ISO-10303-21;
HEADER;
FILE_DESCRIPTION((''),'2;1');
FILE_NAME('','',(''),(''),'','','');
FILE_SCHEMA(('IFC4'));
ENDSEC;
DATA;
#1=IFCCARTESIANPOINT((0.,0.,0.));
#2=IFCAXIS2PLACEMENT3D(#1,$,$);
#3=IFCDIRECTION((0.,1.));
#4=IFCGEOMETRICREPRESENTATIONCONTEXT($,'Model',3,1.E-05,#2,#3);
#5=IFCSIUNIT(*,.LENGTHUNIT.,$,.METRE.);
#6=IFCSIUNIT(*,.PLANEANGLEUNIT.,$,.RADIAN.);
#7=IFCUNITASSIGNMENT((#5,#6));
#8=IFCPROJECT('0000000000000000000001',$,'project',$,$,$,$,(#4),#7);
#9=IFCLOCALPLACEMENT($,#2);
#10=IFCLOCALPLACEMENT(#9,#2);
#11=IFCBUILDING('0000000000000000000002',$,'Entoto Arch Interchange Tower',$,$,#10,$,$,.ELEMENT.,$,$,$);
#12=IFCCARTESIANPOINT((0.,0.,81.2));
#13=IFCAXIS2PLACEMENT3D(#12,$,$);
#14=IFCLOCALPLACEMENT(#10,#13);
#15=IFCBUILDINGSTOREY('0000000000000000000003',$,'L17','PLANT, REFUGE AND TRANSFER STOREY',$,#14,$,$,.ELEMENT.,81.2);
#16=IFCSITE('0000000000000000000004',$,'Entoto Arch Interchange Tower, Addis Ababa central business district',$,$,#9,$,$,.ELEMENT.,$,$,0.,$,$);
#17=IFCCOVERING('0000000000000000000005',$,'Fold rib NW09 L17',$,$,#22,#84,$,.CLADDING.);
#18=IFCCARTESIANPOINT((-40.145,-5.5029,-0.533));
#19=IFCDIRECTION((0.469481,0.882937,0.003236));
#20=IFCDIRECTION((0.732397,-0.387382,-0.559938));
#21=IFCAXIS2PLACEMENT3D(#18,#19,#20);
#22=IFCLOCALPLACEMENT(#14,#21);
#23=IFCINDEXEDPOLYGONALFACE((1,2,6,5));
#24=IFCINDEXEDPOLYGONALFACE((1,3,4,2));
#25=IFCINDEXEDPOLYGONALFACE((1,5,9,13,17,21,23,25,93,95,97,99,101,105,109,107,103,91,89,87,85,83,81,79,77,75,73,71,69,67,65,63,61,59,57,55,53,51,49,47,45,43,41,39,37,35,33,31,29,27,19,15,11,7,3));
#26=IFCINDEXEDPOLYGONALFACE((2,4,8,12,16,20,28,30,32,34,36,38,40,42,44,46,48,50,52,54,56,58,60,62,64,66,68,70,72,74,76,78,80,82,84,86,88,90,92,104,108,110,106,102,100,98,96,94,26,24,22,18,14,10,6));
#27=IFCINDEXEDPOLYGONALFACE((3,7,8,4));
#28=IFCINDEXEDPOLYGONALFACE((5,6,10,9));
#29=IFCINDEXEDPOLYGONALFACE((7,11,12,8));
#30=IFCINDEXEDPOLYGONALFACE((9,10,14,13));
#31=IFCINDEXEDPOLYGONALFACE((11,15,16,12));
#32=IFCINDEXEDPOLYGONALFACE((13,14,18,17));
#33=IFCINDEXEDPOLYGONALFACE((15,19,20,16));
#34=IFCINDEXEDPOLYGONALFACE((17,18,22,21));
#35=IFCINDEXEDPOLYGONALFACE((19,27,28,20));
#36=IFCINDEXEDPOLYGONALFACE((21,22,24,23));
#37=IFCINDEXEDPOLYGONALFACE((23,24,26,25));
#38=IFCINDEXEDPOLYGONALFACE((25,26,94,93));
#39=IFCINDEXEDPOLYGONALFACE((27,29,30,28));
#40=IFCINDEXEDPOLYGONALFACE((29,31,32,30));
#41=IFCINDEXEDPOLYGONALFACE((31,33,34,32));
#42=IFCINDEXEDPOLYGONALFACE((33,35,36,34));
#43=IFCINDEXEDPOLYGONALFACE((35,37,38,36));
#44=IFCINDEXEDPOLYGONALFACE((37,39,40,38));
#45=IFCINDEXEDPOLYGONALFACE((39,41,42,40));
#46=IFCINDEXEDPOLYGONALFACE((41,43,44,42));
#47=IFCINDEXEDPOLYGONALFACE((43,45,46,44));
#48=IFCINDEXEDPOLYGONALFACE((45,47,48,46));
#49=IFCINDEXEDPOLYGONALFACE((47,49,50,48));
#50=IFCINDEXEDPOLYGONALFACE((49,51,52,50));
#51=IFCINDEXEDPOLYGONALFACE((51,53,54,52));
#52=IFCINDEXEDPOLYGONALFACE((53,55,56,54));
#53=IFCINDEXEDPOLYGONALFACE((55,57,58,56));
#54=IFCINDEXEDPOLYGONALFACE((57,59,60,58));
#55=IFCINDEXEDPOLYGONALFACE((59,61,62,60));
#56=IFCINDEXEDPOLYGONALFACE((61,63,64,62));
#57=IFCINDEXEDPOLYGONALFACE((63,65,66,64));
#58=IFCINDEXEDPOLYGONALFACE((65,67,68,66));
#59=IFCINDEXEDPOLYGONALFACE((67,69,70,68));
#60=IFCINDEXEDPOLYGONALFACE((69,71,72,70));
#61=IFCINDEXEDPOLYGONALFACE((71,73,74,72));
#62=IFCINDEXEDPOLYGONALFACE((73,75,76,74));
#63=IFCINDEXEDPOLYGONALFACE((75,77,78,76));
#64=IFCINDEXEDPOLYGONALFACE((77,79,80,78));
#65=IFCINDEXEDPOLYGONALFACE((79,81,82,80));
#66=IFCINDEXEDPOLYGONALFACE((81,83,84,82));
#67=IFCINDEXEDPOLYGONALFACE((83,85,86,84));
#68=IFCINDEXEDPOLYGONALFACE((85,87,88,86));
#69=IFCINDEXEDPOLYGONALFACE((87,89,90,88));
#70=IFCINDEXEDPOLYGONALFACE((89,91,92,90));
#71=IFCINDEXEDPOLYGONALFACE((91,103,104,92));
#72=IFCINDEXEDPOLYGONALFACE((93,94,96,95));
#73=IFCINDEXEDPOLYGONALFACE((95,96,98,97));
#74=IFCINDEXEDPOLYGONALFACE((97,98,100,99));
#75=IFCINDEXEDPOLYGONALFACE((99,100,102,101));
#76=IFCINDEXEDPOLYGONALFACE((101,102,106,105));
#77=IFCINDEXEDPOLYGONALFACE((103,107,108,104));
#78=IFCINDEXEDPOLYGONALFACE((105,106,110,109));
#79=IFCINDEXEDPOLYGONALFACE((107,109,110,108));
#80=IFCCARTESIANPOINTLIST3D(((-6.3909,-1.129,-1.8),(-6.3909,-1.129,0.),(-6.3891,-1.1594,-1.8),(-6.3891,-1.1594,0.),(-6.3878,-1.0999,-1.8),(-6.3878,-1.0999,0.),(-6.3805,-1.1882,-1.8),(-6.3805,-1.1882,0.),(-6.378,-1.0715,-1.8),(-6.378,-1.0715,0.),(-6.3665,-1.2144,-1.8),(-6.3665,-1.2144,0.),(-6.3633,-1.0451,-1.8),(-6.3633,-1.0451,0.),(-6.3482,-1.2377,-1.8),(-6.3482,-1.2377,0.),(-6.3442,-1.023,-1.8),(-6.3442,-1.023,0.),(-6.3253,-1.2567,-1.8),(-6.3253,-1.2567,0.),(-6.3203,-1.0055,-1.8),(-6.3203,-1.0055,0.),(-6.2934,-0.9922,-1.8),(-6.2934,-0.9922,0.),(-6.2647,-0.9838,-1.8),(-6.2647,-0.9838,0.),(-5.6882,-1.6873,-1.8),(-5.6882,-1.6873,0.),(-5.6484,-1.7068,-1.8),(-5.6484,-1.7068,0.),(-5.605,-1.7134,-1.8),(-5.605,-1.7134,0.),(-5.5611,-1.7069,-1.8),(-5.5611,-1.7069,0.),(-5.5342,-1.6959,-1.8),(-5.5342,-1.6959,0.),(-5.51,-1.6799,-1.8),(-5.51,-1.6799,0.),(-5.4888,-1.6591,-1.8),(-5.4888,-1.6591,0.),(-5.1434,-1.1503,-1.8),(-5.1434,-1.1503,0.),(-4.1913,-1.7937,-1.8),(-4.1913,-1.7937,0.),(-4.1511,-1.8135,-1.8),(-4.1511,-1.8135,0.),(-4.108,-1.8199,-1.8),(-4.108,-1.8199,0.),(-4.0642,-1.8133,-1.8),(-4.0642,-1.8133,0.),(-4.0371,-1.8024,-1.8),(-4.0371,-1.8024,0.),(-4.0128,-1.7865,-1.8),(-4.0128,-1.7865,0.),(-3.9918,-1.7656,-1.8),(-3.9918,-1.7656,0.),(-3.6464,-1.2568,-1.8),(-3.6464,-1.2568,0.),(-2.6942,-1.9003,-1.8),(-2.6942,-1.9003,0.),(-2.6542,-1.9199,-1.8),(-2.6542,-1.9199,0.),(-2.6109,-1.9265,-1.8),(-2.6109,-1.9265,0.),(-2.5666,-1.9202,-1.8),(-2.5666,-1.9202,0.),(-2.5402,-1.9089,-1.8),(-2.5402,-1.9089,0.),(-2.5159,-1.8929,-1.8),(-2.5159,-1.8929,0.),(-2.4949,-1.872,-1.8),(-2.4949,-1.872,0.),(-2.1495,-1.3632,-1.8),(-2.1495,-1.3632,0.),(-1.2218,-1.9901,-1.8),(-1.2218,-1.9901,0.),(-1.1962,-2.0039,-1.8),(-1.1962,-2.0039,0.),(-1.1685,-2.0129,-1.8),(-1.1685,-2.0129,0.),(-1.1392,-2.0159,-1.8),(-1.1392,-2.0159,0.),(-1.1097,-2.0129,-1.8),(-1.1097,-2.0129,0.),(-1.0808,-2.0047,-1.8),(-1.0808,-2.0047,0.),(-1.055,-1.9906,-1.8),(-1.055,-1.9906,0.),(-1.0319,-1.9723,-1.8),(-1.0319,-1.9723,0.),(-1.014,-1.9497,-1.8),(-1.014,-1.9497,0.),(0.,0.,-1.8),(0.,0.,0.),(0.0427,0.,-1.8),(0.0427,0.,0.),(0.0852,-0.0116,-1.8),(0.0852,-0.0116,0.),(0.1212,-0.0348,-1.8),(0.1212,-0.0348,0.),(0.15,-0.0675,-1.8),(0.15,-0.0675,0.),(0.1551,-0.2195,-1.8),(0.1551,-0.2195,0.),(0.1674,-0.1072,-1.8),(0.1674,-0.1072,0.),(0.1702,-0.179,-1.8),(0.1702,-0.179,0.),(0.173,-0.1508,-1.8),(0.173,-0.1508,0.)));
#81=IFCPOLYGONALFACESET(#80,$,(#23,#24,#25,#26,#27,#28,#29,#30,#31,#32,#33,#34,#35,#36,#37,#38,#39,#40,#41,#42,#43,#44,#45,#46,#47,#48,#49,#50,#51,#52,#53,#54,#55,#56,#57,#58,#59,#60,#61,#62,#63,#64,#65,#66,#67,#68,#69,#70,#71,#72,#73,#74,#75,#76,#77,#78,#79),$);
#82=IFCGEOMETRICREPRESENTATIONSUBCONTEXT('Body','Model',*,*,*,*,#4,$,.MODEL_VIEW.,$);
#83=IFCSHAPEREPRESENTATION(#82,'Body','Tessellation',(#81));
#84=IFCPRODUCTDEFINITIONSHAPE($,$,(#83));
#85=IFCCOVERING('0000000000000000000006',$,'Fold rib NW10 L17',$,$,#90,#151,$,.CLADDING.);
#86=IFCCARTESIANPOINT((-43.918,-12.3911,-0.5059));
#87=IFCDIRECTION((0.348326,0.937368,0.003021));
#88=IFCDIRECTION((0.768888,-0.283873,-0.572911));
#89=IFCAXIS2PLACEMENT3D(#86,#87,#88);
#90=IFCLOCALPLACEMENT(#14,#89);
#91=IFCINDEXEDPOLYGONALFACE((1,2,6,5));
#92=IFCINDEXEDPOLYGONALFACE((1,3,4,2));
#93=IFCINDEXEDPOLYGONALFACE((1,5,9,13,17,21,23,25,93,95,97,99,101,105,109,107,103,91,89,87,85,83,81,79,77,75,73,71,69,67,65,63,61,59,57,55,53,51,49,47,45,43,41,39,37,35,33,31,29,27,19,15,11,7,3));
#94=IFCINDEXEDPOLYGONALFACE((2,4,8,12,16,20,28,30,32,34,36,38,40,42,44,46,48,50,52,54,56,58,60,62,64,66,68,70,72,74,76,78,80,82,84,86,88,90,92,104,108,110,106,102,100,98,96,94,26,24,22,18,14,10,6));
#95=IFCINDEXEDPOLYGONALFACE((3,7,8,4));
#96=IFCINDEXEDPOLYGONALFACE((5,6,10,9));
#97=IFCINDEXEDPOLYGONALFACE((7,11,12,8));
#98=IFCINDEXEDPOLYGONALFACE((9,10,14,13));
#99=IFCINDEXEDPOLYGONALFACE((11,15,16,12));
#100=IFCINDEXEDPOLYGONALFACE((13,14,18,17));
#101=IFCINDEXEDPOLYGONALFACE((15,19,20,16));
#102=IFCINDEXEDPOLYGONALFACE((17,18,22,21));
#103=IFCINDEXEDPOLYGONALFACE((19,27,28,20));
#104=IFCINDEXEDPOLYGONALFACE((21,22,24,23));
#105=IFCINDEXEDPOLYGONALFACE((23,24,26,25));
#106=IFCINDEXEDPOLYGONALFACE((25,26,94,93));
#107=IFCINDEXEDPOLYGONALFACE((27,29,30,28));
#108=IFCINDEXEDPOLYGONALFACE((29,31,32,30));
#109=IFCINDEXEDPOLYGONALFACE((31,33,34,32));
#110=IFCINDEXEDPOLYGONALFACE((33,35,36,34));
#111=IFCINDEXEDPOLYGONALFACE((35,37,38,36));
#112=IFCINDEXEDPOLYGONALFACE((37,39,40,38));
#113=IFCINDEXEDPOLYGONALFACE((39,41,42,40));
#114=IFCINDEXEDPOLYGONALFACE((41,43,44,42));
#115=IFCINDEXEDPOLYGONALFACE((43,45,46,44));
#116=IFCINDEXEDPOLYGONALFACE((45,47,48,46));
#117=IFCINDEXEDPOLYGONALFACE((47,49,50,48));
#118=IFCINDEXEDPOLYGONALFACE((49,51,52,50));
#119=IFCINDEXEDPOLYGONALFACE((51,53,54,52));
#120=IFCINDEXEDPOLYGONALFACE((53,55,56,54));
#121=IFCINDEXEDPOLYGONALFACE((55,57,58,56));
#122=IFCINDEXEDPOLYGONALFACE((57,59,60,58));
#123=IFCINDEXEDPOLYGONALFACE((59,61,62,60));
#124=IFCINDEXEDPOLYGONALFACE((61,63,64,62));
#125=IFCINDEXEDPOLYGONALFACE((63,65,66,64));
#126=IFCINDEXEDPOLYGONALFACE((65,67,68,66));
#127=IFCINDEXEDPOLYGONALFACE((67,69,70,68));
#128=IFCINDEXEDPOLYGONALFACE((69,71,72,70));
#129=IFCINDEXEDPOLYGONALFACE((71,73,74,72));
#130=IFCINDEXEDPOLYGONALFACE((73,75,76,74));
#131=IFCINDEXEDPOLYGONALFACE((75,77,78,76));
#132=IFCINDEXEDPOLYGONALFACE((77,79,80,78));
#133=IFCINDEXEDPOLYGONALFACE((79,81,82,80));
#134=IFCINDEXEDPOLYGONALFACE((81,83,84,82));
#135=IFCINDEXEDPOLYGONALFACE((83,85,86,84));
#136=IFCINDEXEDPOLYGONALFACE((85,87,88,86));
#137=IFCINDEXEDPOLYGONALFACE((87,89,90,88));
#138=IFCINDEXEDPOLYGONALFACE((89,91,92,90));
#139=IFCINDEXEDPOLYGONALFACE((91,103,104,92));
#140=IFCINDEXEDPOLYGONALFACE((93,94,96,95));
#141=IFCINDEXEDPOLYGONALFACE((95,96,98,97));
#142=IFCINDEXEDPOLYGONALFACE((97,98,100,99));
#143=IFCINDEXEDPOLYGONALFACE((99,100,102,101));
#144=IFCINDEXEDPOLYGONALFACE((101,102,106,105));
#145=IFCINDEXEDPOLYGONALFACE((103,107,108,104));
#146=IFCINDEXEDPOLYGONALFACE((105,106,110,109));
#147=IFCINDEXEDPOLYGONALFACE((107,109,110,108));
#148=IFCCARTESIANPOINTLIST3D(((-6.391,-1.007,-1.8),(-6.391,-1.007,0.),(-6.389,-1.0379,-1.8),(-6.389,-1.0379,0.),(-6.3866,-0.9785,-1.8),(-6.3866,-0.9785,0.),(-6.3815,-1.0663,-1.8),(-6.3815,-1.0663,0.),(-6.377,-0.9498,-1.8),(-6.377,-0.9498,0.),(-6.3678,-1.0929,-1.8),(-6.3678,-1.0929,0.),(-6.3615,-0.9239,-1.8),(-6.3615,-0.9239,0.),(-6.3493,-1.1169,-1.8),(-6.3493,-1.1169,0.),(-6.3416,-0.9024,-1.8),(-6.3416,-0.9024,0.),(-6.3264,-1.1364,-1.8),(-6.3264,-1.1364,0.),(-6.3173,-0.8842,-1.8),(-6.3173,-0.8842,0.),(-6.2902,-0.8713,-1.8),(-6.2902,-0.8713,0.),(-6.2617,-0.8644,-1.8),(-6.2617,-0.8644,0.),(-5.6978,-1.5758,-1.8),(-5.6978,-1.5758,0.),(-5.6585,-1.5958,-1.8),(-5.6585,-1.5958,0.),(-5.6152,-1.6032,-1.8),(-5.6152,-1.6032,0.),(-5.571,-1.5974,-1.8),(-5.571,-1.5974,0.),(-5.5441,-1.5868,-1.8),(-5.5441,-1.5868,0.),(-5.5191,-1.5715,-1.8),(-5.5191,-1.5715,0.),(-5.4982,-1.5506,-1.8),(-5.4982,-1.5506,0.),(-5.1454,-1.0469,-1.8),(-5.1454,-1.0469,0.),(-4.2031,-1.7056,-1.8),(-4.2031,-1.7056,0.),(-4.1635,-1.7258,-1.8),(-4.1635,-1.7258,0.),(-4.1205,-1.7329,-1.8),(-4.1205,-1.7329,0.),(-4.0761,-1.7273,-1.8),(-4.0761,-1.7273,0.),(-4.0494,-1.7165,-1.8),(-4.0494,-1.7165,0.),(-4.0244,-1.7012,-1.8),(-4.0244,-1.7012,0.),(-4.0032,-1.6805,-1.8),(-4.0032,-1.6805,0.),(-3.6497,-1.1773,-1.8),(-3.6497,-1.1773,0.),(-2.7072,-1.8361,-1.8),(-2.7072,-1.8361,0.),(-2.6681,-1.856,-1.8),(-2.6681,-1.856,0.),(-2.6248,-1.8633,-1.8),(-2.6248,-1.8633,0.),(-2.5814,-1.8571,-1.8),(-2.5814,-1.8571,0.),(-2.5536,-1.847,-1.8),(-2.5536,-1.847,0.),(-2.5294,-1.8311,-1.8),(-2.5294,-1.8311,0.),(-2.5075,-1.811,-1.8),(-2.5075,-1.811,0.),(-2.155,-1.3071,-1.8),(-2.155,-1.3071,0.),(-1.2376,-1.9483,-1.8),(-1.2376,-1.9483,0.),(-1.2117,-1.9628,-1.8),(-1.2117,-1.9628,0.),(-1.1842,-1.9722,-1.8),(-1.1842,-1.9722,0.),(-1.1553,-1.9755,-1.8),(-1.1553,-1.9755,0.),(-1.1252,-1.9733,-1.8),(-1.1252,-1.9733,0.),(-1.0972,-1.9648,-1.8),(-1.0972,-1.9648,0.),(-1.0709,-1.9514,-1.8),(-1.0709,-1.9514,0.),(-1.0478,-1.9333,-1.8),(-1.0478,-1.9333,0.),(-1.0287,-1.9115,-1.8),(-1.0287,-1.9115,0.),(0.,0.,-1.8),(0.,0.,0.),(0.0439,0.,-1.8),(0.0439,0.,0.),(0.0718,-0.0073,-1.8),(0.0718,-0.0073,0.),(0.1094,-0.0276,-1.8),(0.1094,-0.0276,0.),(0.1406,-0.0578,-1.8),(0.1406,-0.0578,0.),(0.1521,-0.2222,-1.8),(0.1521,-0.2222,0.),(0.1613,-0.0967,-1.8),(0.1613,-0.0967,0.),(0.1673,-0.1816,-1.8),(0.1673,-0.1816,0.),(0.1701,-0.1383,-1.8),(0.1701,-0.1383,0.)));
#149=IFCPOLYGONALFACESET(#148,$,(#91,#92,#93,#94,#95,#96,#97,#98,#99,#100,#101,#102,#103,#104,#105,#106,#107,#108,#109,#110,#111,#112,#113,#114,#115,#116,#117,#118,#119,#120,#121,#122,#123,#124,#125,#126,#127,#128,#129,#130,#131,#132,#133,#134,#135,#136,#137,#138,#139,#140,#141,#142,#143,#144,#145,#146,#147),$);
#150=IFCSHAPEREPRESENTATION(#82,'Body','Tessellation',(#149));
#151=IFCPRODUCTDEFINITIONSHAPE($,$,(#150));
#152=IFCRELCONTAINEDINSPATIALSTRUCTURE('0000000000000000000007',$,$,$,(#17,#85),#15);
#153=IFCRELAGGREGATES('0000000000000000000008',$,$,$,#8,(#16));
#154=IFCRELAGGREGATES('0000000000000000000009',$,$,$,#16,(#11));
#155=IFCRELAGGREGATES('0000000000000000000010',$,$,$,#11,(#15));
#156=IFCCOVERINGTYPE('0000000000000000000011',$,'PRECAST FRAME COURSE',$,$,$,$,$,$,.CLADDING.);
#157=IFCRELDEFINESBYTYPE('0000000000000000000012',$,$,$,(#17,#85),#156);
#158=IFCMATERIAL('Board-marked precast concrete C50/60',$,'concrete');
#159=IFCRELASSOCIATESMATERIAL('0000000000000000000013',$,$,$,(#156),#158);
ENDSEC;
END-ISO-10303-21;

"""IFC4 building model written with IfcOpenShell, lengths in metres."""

from ifc_helpers import new_model, si_unit, direction, frame, origin, place, context, subcontext, project, spatial, polyline, outline, extrude, material, type_object, element, save


model = new_model("IFC4")

# Units and contexts
model_context = context("Model", 3, precision=1e-05, world=origin(), true_north=direction((0.0, 1.0)))
body_context = subcontext(model_context, "Body", "Model", "MODEL_VIEW")
ifc_project = project(units=[si_unit("LENGTHUNIT", "METRE"), si_unit("PLANEANGLEUNIT", "RADIAN")], contexts=[model_context])

# Site, building, storey
site_placement = place(None, origin())
site = spatial("IfcSite", under=ifc_project, at=site_placement, Name="Entoto Arch Interchange Tower, Addis Ababa central business district", CompositionType="ELEMENT", RefElevation=0.0)
building_placement = place(site_placement, origin())
building = spatial("IfcBuilding", under=site, at=building_placement, Name="Entoto Arch Interchange Tower", CompositionType="ELEMENT")
storey_placement = place(building_placement, frame((0.0, 0.0, 81.2)))
storey = spatial("IfcBuildingStorey", under=building, at=storey_placement, Name="L17", Description="PLANT, REFUGE AND TRANSFER STOREY", CompositionType="ELEMENT", Elevation=81.2)

# Shared definitions
ifc_material_1 = material(Name="Board-marked precast concrete C50/60", Category="concrete")

# Coverings
covering_type = type_object("IfcCoveringType", Name="PRECAST FRAME COURSE", PredefinedType="CLADDING", material=ifc_material_1)
covering_1_placement = place(storey_placement, frame((-40.145, -5.5029, -0.533), z_axis=(0.469481, 0.882937, 0.003236), x_axis=(0.732397, -0.387382, -0.559938)))
element("IfcCovering", 1, at=covering_1_placement, inside=storey, type_object=covering_type, Name="Fold rib NW09 L17", PredefinedType="CLADDING", context=body_context, shape_type="SweptSolid", body=[
    extrude(outline(polyline([(0.0, 0.0), (0.0427, 0.0), (0.0852, -0.0116), (0.1212, -0.0348), (0.15, -0.0675), (0.1674, -0.1072), (0.173, -0.1508), (0.1702, -0.179), (0.1551, -0.2195), (-1.014, -1.9497), (-1.0319, -1.9723), (-1.055, -1.9906), (-1.0808, -2.0047), (-1.1097, -2.0129), (-1.1392, -2.0159), (-1.1685, -2.0129), (-1.1962, -2.0039), (-1.2218, -1.9901), (-2.1495, -1.3632), (-2.4949, -1.872), (-2.5159, -1.8929), (-2.5402, -1.9089), (-2.5666, -1.9202), (-2.6109, -1.9265), (-2.6542, -1.9199), (-2.6942, -1.9003), (-3.6464, -1.2568), (-3.9918, -1.7656), (-4.0128, -1.7865), (-4.0371, -1.8024), (-4.0642, -1.8133), (-4.108, -1.8199), (-4.1511, -1.8135), (-4.1913, -1.7937), (-5.1434, -1.1503), (-5.4888, -1.6591), (-5.51, -1.6799), (-5.5342, -1.6959), (-5.5611, -1.7069), (-5.605, -1.7134), (-5.6484, -1.7068), (-5.6882, -1.6873), (-6.3253, -1.2567), (-6.3482, -1.2377), (-6.3665, -1.2144), (-6.3805, -1.1882), (-6.3891, -1.1594), (-6.3909, -1.129), (-6.3878, -1.0999), (-6.378, -1.0715), (-6.3633, -1.0451), (-6.3442, -1.023), (-6.3203, -1.0055), (-6.2934, -0.9922), (-6.2647, -0.9838), (0.0, 0.0)])), origin(), (0.0, 0.0, -1.0), 1.8),
])
covering_2_placement = place(storey_placement, frame((-43.918, -12.3911, -0.5059), z_axis=(0.348326, 0.937368, 0.003021), x_axis=(0.768888, -0.283873, -0.572911)))
element("IfcCovering", 2, at=covering_2_placement, inside=storey, type_object=covering_type, Name="Fold rib NW10 L17", PredefinedType="CLADDING", context=body_context, shape_type="SweptSolid", body=[
    extrude(outline(polyline([(0.0, 0.0), (0.0439, 0.0), (0.0718, -0.0073), (0.1094, -0.0276), (0.1406, -0.0578), (0.1613, -0.0967), (0.1701, -0.1383), (0.1673, -0.1816), (0.1521, -0.2222), (-1.0287, -1.9115), (-1.0478, -1.9333), (-1.0709, -1.9514), (-1.0972, -1.9648), (-1.1252, -1.9733), (-1.1553, -1.9755), (-1.1842, -1.9722), (-1.2117, -1.9628), (-1.2376, -1.9483), (-2.155, -1.3071), (-2.5075, -1.811), (-2.5294, -1.8311), (-2.5536, -1.847), (-2.5814, -1.8571), (-2.6248, -1.8633), (-2.6681, -1.856), (-2.7072, -1.8361), (-3.6497, -1.1773), (-4.0032, -1.6805), (-4.0244, -1.7012), (-4.0494, -1.7165), (-4.0761, -1.7273), (-4.1205, -1.7329), (-4.1635, -1.7258), (-4.2031, -1.7056), (-5.1454, -1.0469), (-5.4982, -1.5506), (-5.5191, -1.5715), (-5.5441, -1.5868), (-5.571, -1.5974), (-5.6152, -1.6032), (-5.6585, -1.5958), (-5.6978, -1.5758), (-6.3264, -1.1364), (-6.3493, -1.1169), (-6.3678, -1.0929), (-6.3815, -1.0663), (-6.389, -1.0379), (-6.391, -1.007), (-6.3866, -0.9785), (-6.377, -0.9498), (-6.3615, -0.9239), (-6.3416, -0.9024), (-6.3173, -0.8842), (-6.2902, -0.8713), (-6.2617, -0.8644), (0.0, 0.0)])), origin(), (0.0, 0.0, -1.0), 1.8),
])

save(model, "model.ifc")
